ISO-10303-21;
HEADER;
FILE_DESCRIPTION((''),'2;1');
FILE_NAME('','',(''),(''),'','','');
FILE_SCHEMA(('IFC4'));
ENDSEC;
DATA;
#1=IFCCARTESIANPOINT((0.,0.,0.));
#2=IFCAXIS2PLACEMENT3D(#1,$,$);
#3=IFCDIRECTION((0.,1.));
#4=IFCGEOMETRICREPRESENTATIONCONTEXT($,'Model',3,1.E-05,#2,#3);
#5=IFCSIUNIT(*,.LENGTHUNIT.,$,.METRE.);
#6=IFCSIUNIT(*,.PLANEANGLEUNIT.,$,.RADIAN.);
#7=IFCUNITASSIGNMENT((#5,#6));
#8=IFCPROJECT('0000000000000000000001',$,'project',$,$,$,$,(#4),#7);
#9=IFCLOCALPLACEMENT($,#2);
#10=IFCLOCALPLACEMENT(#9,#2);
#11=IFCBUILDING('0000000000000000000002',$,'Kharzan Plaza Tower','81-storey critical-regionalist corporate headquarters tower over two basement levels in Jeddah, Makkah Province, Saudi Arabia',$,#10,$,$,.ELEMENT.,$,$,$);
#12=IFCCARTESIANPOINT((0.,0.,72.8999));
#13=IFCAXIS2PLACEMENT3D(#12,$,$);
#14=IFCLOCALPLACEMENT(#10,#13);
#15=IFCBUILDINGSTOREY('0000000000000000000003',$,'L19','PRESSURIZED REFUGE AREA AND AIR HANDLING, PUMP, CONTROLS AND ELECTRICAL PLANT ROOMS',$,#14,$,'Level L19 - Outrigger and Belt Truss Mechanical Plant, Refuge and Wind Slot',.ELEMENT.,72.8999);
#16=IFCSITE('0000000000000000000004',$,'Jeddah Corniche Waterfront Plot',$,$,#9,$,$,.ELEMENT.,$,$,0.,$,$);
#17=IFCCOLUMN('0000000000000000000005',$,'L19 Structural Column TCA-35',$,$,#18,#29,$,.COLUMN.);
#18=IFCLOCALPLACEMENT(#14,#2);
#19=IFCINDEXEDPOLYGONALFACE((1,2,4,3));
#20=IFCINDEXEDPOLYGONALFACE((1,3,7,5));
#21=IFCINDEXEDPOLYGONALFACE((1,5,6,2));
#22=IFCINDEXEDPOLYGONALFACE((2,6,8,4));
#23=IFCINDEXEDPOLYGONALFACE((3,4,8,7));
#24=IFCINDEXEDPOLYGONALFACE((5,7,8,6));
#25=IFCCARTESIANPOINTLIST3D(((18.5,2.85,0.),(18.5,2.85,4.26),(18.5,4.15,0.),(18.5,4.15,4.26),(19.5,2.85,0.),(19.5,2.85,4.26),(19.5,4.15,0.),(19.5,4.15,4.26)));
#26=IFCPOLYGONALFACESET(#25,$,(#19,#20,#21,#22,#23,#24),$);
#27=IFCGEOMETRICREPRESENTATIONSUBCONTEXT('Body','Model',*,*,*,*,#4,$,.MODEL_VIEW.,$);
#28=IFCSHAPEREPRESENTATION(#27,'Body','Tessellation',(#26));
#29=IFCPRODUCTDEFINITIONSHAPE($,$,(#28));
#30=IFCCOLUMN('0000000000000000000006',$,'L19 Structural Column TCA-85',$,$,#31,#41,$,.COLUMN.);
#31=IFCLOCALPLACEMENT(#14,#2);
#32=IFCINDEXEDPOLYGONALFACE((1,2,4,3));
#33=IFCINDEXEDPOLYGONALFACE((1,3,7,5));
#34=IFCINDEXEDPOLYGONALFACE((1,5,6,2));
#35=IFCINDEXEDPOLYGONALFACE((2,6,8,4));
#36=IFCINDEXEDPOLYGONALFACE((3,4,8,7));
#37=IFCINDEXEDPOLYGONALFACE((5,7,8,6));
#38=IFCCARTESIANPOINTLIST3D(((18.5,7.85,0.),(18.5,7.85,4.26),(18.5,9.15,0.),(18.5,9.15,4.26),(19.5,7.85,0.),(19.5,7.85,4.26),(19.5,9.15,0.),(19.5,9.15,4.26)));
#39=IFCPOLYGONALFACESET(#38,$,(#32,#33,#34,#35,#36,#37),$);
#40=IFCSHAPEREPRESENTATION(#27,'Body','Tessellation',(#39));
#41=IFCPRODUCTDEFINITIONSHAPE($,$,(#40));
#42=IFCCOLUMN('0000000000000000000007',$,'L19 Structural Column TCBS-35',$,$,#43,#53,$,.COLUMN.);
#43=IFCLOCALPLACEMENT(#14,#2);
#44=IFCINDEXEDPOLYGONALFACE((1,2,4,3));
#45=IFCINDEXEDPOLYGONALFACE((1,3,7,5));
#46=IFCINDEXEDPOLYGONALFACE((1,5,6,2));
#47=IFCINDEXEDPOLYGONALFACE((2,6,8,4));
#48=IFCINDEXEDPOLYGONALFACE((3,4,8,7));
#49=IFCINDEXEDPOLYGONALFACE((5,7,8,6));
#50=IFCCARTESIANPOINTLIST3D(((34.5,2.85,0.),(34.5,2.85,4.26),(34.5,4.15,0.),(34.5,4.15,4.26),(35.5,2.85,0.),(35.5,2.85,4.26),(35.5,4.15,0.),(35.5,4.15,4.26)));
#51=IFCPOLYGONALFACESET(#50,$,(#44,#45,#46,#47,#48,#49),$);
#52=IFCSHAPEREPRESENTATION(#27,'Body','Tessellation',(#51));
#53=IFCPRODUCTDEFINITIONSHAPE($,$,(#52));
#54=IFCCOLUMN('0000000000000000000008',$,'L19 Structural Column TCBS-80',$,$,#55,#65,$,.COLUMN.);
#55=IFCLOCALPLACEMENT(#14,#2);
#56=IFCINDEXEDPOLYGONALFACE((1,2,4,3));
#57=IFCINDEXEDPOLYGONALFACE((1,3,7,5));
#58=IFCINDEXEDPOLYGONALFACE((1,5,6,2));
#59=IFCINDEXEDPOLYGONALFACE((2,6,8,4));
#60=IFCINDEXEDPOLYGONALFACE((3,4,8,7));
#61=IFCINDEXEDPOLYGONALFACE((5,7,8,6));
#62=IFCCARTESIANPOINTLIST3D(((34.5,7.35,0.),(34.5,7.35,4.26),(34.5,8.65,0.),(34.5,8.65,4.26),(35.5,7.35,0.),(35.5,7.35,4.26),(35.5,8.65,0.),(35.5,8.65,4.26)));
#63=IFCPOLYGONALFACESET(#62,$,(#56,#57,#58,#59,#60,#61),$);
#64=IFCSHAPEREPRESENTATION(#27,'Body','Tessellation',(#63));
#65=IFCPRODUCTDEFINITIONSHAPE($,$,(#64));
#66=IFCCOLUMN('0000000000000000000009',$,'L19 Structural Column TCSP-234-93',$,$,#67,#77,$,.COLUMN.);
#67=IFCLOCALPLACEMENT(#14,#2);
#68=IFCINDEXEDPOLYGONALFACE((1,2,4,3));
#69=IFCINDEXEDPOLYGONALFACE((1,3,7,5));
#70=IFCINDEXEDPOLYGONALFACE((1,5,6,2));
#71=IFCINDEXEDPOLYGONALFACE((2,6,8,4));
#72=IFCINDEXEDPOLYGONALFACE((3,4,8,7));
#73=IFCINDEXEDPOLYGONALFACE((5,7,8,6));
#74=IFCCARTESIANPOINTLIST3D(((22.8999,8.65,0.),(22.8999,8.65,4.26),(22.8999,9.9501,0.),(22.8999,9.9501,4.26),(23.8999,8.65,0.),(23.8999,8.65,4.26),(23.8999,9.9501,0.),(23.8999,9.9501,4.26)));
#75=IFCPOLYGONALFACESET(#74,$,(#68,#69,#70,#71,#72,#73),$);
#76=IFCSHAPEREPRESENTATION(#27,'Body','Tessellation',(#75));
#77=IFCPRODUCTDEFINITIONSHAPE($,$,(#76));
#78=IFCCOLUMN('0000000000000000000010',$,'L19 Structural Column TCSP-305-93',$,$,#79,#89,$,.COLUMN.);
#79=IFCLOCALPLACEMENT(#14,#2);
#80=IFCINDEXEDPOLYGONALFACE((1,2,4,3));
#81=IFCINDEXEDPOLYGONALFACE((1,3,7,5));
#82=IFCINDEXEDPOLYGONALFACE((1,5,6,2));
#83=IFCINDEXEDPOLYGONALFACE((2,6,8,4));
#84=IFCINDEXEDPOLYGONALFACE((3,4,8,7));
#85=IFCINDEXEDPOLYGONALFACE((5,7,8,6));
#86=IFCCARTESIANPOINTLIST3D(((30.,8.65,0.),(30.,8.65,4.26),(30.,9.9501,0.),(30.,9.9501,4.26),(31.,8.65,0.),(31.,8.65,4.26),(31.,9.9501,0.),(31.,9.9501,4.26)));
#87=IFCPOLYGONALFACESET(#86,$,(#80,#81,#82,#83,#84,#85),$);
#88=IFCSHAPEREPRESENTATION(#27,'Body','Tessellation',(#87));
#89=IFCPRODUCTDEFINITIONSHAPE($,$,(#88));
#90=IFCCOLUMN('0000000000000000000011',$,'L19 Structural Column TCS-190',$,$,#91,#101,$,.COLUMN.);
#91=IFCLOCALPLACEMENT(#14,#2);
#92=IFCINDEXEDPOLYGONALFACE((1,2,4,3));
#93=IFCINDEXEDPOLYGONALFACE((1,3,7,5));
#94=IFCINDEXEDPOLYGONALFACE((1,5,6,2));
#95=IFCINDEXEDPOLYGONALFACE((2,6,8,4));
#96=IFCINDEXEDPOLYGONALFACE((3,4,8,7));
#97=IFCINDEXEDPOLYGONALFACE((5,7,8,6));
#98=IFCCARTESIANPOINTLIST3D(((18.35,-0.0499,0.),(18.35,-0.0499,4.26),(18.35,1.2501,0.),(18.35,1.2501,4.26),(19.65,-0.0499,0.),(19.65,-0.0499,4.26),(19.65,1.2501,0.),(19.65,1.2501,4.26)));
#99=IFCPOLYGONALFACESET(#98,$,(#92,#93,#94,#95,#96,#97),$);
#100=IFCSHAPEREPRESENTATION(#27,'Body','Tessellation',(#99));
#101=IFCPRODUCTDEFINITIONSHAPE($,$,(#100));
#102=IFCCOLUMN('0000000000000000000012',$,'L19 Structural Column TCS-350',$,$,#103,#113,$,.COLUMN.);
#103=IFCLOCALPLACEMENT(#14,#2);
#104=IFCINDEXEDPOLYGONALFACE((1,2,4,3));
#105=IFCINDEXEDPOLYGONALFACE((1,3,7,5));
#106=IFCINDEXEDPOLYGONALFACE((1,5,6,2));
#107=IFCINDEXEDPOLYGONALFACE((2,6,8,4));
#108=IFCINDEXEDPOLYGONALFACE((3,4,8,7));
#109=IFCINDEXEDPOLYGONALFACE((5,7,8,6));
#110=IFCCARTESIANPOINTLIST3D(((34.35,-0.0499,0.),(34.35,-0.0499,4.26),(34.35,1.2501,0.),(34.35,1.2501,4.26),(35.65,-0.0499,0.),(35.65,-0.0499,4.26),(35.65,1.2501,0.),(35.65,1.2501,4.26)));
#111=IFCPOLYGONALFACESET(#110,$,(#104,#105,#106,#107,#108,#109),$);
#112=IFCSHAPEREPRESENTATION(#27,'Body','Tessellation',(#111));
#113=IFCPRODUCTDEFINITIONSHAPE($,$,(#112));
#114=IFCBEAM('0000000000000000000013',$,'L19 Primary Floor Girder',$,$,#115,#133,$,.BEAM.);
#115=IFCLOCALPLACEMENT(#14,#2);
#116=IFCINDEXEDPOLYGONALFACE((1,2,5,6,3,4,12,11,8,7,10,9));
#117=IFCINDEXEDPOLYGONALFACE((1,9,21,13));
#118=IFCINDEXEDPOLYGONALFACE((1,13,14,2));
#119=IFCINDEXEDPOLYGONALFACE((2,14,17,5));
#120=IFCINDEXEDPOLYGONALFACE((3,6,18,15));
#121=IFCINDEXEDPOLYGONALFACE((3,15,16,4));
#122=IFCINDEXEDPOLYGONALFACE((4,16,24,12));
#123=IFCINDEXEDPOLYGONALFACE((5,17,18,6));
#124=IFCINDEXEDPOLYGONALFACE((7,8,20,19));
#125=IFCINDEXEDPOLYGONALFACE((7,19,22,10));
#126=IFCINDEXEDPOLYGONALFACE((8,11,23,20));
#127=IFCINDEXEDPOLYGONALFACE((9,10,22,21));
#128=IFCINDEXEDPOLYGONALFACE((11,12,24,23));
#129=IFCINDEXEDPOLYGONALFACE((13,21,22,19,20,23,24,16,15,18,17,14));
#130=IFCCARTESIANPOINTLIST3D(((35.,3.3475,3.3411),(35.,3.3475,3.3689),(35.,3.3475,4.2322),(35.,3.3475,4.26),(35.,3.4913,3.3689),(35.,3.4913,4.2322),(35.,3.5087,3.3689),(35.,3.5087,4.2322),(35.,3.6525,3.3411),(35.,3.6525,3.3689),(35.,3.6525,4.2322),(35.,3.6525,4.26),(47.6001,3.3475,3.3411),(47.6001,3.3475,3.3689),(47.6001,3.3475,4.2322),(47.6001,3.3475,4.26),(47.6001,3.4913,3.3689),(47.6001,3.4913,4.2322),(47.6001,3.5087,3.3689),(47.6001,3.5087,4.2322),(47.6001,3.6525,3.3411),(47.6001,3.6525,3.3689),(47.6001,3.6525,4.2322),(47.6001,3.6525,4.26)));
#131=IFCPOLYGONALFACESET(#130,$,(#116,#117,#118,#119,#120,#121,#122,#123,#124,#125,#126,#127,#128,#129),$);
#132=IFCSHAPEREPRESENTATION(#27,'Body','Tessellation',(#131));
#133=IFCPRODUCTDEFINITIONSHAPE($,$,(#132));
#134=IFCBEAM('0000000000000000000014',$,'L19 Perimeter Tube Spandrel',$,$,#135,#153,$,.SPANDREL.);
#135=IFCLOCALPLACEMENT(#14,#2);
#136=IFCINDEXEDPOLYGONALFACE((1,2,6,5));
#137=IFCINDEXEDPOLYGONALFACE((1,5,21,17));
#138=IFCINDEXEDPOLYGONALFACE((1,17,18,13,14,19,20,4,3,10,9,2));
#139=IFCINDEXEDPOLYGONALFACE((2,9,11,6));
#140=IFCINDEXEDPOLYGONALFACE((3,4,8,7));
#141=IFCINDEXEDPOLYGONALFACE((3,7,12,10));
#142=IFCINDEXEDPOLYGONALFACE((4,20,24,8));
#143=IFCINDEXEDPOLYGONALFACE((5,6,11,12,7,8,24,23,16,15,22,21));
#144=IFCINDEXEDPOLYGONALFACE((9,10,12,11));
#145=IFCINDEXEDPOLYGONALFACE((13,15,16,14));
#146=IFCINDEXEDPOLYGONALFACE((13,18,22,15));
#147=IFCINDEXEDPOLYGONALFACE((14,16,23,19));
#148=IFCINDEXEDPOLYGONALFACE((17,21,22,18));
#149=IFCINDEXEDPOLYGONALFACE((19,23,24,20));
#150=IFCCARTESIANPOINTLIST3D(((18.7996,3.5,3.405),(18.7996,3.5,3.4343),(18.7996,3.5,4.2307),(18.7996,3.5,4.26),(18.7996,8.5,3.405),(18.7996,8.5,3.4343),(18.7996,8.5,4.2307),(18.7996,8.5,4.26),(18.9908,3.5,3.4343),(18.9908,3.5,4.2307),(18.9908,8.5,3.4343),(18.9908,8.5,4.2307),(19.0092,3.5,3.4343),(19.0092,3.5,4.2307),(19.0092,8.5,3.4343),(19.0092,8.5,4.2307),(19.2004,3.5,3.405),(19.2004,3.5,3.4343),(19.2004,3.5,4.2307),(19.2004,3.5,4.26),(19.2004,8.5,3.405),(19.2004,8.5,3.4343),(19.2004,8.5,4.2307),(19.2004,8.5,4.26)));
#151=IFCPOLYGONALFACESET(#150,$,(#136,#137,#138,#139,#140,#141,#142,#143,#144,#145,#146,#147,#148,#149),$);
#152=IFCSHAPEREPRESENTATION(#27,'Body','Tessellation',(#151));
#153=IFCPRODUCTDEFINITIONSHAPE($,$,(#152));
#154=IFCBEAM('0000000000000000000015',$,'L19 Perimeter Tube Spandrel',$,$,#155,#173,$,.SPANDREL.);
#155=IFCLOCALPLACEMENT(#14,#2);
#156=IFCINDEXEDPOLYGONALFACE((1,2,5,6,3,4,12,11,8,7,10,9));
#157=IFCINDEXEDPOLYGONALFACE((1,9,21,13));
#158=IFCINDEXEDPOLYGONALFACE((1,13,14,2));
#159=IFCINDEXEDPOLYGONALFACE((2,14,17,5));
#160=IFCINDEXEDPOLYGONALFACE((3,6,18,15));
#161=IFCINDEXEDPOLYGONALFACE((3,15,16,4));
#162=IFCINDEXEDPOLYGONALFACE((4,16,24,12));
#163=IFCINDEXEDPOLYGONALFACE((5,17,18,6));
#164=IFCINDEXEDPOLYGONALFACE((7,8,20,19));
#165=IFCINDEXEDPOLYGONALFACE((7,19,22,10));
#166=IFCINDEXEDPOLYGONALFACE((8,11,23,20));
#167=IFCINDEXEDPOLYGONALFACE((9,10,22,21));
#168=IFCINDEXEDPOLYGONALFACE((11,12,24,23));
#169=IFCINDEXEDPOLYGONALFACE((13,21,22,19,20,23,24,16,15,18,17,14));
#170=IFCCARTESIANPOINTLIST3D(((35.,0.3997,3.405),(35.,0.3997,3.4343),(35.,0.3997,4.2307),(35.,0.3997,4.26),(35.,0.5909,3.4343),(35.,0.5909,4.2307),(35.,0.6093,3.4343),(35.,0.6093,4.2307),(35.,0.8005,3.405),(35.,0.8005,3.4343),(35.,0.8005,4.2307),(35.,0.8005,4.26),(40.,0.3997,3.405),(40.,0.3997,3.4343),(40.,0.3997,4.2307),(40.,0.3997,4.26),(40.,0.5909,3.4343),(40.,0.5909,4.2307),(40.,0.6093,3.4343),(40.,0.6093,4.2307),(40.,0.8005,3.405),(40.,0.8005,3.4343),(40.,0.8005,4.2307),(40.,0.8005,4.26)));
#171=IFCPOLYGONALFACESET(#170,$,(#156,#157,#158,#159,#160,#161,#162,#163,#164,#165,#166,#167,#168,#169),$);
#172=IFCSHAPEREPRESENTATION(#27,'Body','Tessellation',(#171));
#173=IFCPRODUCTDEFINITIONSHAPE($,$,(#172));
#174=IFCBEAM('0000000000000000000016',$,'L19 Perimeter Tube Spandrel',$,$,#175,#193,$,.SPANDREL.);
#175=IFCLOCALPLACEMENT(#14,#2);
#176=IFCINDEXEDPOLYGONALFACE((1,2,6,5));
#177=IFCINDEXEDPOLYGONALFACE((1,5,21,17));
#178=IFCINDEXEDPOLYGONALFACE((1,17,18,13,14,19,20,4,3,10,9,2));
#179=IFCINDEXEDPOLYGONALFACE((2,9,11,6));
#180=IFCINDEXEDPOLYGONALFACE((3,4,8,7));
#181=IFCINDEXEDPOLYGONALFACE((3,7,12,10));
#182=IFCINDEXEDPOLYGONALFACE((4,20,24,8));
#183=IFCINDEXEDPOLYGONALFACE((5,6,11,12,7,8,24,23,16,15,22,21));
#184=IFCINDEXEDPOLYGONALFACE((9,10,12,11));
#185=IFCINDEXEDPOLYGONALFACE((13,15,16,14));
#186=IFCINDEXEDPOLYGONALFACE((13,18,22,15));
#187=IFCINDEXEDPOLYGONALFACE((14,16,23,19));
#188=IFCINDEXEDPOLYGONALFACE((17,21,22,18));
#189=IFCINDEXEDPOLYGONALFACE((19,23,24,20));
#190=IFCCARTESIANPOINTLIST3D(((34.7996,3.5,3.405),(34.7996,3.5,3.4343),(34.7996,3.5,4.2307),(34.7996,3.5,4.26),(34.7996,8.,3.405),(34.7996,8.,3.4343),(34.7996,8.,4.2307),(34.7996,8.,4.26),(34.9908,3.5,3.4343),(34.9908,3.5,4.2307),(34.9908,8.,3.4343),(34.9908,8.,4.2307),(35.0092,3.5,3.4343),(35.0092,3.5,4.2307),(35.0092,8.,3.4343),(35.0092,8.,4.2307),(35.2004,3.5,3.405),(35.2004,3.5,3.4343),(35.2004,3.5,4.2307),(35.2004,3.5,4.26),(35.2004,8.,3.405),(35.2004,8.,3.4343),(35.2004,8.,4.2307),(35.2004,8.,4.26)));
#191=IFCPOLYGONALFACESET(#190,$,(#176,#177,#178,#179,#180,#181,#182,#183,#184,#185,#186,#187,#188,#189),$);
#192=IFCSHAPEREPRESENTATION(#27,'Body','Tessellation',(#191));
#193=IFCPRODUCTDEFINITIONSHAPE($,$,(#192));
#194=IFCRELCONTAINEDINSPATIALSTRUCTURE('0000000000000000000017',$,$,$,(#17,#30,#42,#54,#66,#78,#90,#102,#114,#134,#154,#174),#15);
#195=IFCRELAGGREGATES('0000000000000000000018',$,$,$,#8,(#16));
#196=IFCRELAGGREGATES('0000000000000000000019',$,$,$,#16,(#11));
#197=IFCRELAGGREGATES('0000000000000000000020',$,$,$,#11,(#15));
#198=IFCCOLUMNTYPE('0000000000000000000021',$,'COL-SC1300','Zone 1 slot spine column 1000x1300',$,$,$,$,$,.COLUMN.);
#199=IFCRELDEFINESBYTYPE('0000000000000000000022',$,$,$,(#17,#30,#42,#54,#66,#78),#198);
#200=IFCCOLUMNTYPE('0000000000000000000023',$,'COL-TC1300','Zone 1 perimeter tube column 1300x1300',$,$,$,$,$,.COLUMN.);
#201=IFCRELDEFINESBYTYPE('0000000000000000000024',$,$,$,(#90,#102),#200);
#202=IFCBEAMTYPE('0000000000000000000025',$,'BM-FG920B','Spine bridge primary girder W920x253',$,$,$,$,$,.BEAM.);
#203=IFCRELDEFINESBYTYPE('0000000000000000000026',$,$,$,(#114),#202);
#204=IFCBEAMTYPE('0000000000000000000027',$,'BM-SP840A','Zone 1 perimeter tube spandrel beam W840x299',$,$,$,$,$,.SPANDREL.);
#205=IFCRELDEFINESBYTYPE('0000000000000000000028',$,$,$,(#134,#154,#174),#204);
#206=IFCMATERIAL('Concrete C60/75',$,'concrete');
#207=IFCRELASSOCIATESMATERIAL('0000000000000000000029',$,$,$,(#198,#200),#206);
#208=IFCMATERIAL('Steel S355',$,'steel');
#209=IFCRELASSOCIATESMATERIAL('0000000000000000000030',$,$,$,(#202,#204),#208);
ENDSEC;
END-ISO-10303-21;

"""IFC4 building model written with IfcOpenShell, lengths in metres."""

from ifc_helpers import new_model, si_unit, direction, frame, origin, origin_2d, place, context, subcontext, project, spatial, rectangle, i_section, extrude, source, transform, mapped, material, material_profile, profile_set, type_object, element, save


model = new_model("IFC4")

# Units and contexts
model_context = context("Model", 3, precision=1e-05, world=origin(), true_north=direction((0.0, 1.0)))
body_context = subcontext(model_context, "Body", "Model", "MODEL_VIEW")
ifc_project = project(units=[si_unit("LENGTHUNIT", "METRE"), si_unit("PLANEANGLEUNIT", "RADIAN")], contexts=[model_context])

# Site, building, storey
site_placement = place(None, origin())
site = spatial("IfcSite", under=ifc_project, at=site_placement, Name="Jeddah Corniche Waterfront Plot", CompositionType="ELEMENT", RefElevation=0.0)
building_placement = place(site_placement, origin())
building = spatial("IfcBuilding", under=site, at=building_placement, Name="Kharzan Plaza Tower", Description="81-storey critical-regionalist corporate headquarters tower over two basement levels in Jeddah, Makkah Province, Saudi Arabia", CompositionType="ELEMENT")
storey_placement = place(building_placement, frame((0.0, 0.0, 72.8999)))
storey = spatial("IfcBuildingStorey", under=building, at=storey_placement, Name="L19", Description="PRESSURIZED REFUGE AREA AND AIR HANDLING, PUMP, CONTROLS AND ELECTRICAL PLANT ROOMS", LongName="Level L19 - Outrigger and Belt Truss Mechanical Plant, Refuge and Wind Slot", CompositionType="ELEMENT", Elevation=72.8999)

# Columns
ifc_material_1 = material(Name="Concrete C60/75", Category="concrete")
ifc_material_profile_1 = material_profile(ifc_material_1, rectangle(XDim=1.0, YDim=1.3, at=origin_2d()), Name="RC-SC1300x1000")
ifc_profile_set_1 = profile_set([ifc_material_profile_1], Name="Concrete C60/75")
column_type_1 = type_object("IfcColumnType", Name="COL-SC1300", Description="Zone 1 slot spine column 1000x1300", PredefinedType="COLUMN", material=ifc_profile_set_1)
shared_shape_1 = source(origin(), body_context, "Body", "SweptSolid", [
    extrude(rectangle(XDim=1.0, YDim=1.3, at=origin_2d()), origin(), (0.0, 0.0, 1.0), 4.26),
])
for number, where, z_axis, x_axis, name in (
    (1, (19.0, 3.5, 0.0), (0.0, 0.0, 1.0), (1.0, 0.0, 0.0), "L19 Structural Column TCA-35"),
    (2, (19.0, 8.5, 0.0), (0.0, 0.0, 1.0), (1.0, 0.0, 0.0), "L19 Structural Column TCA-85"),
    (3, (35.0, 3.5, 0.0), (0.0, 0.0, 1.0), (1.0, 0.0, 0.0), "L19 Structural Column TCBS-35"),
    (4, (35.0, 8.0, 0.0), (0.0, 0.0, 1.0), (1.0, 0.0, 0.0), "L19 Structural Column TCBS-80"),
    (5, (23.3999, 9.3, 0.0), (0.0, 0.0, 1.0), (1.0, 0.0, 0.0), "L19 Structural Column TCSP-234-93"),
    (6, (30.5, 9.3, 0.0), (0.0, 0.0, 1.0), (1.0, 0.0, 0.0), "L19 Structural Column TCSP-305-93"),
):
    element("IfcColumn", number, at=place(storey_placement, frame(where, z_axis=z_axis, x_axis=x_axis)), inside=storey, type_object=column_type_1, Name=name, PredefinedType="COLUMN", context=body_context, shape_type="MappedRepresentation", body=[
        mapped(shared_shape_1, transform((0.0, 0.0, 0.0), x_axis=(1.0, 0.0, 0.0), y_axis=(0.0, 1.0, 0.0), z_axis=(0.0, 0.0, 1.0))),
    ])
ifc_material_profile_2 = material_profile(ifc_material_1, rectangle(XDim=1.3, YDim=1.3, at=origin_2d()), Name="RC-TC1300x1300")
ifc_profile_set_2 = profile_set([ifc_material_profile_2], Name="Concrete C60/75")
column_type_2 = type_object("IfcColumnType", Name="COL-TC1300", Description="Zone 1 perimeter tube column 1300x1300", PredefinedType="COLUMN", material=ifc_profile_set_2)
shared_shape_2 = source(origin(), body_context, "Body", "SweptSolid", [
    extrude(rectangle(XDim=1.3, YDim=1.3, at=origin_2d()), origin(), (0.0, 0.0, 1.0), 4.26),
])
for number, where, z_axis, x_axis, name in (
    (7, (19.0, 0.6001, 0.0), (0.0, 0.0, 1.0), (1.0, 0.0, 0.0), "L19 Structural Column TCS-190"),
    (8, (35.0, 0.6001, 0.0), (0.0, 0.0, 1.0), (1.0, 0.0, 0.0), "L19 Structural Column TCS-350"),
):
    element("IfcColumn", number, at=place(storey_placement, frame(where, z_axis=z_axis, x_axis=x_axis)), inside=storey, type_object=column_type_2, Name=name, PredefinedType="COLUMN", context=body_context, shape_type="MappedRepresentation", body=[
        mapped(shared_shape_2, transform((0.0, 0.0, 0.0), x_axis=(1.0, 0.0, 0.0), y_axis=(0.0, 1.0, 0.0), z_axis=(0.0, 0.0, 1.0))),
    ])

# Beams
ifc_material_2 = material(Name="Steel S355", Category="steel")
ifc_material_profile_3 = material_profile(ifc_material_2, i_section(OverallWidth=0.3049, OverallDepth=0.9189, WebThickness=0.0173, FlangeThickness=0.0278, at=origin_2d()), Name="W920x253")
ifc_profile_set_3 = profile_set([ifc_material_profile_3], Name="Steel S355")
beam_type_1 = type_object("IfcBeamType", Name="BM-FG920B", Description="Spine bridge primary girder W920x253", PredefinedType="BEAM", material=ifc_profile_set_3)
shared_shape_3 = source(origin(), body_context, "Body", "SweptSolid", [
    extrude(i_section(OverallWidth=0.3049, OverallDepth=0.9189, WebThickness=0.0173, FlangeThickness=0.0278, at=origin_2d()), origin(), (0.0, 0.0, 1.0), 12.6001),
])
beam_1_placement = place(storey_placement, frame((35.0, 3.5, 3.8005), z_axis=(1.0, 0.0, 0.0), x_axis=(0.0, 1.0, 0.0)))
element("IfcBeam", 9, at=beam_1_placement, inside=storey, type_object=beam_type_1, Name="L19 Primary Floor Girder", PredefinedType="BEAM", context=body_context, shape_type="MappedRepresentation", body=[
    mapped(shared_shape_3, transform((0.0, 0.0, 0.0), x_axis=(1.0, 0.0, 0.0), y_axis=(0.0, 1.0, 0.0), z_axis=(0.0, 0.0, 1.0))),
])
ifc_material_profile_4 = material_profile(ifc_material_2, i_section(OverallWidth=0.4009, OverallDepth=0.855, WebThickness=0.0183, FlangeThickness=0.0293, at=origin_2d()), Name="W840x299")
ifc_profile_set_4 = profile_set([ifc_material_profile_4], Name="Steel S355")
beam_type_2 = type_object("IfcBeamType", Name="BM-SP840A", Description="Zone 1 perimeter tube spandrel beam W840x299", PredefinedType="SPANDREL", material=ifc_profile_set_4)
shared_shape_4 = source(origin(), body_context, "Body", "SweptSolid", [
    extrude(i_section(OverallWidth=0.4009, OverallDepth=0.855, WebThickness=0.0183, FlangeThickness=0.0293, at=origin_2d()), origin(), (0.0, 0.0, 1.0), 5.0),
])
for number, where, z_axis, x_axis, name in (
    (10, (19.0, 3.5, 3.8325), (0.0, 1.0, 0.0), (-1.0, 0.0, 0.0), "L19 Perimeter Tube Spandrel"),
    (11, (35.0, 0.6001, 3.8325), (1.0, 0.0, 0.0), (0.0, 1.0, 0.0), "L19 Perimeter Tube Spandrel"),
):
    element("IfcBeam", number, at=place(storey_placement, frame(where, z_axis=z_axis, x_axis=x_axis)), inside=storey, type_object=beam_type_2, Name=name, PredefinedType="SPANDREL", context=body_context, shape_type="MappedRepresentation", body=[
        mapped(shared_shape_4, transform((0.0, 0.0, 0.0), x_axis=(1.0, 0.0, 0.0), y_axis=(0.0, 1.0, 0.0), z_axis=(0.0, 0.0, 1.0))),
    ])
shared_shape_5 = source(origin(), body_context, "Body", "SweptSolid", [
    extrude(i_section(OverallWidth=0.4009, OverallDepth=0.855, WebThickness=0.0183, FlangeThickness=0.0293, at=origin_2d()), origin(), (0.0, 0.0, 1.0), 4.5),
])
beam_2_placement = place(storey_placement, frame((35.0, 3.5, 3.8325), z_axis=(0.0, 1.0, 0.0), x_axis=(-1.0, 0.0, 0.0)))
element("IfcBeam", 12, at=beam_2_placement, inside=storey, type_object=beam_type_2, Name="L19 Perimeter Tube Spandrel", PredefinedType="SPANDREL", context=body_context, shape_type="MappedRepresentation", body=[
    mapped(shared_shape_5, transform((0.0, 0.0, 0.0), x_axis=(1.0, 0.0, 0.0), y_axis=(0.0, 1.0, 0.0), z_axis=(0.0, 0.0, 1.0))),
])

save(model, "model.ifc")
